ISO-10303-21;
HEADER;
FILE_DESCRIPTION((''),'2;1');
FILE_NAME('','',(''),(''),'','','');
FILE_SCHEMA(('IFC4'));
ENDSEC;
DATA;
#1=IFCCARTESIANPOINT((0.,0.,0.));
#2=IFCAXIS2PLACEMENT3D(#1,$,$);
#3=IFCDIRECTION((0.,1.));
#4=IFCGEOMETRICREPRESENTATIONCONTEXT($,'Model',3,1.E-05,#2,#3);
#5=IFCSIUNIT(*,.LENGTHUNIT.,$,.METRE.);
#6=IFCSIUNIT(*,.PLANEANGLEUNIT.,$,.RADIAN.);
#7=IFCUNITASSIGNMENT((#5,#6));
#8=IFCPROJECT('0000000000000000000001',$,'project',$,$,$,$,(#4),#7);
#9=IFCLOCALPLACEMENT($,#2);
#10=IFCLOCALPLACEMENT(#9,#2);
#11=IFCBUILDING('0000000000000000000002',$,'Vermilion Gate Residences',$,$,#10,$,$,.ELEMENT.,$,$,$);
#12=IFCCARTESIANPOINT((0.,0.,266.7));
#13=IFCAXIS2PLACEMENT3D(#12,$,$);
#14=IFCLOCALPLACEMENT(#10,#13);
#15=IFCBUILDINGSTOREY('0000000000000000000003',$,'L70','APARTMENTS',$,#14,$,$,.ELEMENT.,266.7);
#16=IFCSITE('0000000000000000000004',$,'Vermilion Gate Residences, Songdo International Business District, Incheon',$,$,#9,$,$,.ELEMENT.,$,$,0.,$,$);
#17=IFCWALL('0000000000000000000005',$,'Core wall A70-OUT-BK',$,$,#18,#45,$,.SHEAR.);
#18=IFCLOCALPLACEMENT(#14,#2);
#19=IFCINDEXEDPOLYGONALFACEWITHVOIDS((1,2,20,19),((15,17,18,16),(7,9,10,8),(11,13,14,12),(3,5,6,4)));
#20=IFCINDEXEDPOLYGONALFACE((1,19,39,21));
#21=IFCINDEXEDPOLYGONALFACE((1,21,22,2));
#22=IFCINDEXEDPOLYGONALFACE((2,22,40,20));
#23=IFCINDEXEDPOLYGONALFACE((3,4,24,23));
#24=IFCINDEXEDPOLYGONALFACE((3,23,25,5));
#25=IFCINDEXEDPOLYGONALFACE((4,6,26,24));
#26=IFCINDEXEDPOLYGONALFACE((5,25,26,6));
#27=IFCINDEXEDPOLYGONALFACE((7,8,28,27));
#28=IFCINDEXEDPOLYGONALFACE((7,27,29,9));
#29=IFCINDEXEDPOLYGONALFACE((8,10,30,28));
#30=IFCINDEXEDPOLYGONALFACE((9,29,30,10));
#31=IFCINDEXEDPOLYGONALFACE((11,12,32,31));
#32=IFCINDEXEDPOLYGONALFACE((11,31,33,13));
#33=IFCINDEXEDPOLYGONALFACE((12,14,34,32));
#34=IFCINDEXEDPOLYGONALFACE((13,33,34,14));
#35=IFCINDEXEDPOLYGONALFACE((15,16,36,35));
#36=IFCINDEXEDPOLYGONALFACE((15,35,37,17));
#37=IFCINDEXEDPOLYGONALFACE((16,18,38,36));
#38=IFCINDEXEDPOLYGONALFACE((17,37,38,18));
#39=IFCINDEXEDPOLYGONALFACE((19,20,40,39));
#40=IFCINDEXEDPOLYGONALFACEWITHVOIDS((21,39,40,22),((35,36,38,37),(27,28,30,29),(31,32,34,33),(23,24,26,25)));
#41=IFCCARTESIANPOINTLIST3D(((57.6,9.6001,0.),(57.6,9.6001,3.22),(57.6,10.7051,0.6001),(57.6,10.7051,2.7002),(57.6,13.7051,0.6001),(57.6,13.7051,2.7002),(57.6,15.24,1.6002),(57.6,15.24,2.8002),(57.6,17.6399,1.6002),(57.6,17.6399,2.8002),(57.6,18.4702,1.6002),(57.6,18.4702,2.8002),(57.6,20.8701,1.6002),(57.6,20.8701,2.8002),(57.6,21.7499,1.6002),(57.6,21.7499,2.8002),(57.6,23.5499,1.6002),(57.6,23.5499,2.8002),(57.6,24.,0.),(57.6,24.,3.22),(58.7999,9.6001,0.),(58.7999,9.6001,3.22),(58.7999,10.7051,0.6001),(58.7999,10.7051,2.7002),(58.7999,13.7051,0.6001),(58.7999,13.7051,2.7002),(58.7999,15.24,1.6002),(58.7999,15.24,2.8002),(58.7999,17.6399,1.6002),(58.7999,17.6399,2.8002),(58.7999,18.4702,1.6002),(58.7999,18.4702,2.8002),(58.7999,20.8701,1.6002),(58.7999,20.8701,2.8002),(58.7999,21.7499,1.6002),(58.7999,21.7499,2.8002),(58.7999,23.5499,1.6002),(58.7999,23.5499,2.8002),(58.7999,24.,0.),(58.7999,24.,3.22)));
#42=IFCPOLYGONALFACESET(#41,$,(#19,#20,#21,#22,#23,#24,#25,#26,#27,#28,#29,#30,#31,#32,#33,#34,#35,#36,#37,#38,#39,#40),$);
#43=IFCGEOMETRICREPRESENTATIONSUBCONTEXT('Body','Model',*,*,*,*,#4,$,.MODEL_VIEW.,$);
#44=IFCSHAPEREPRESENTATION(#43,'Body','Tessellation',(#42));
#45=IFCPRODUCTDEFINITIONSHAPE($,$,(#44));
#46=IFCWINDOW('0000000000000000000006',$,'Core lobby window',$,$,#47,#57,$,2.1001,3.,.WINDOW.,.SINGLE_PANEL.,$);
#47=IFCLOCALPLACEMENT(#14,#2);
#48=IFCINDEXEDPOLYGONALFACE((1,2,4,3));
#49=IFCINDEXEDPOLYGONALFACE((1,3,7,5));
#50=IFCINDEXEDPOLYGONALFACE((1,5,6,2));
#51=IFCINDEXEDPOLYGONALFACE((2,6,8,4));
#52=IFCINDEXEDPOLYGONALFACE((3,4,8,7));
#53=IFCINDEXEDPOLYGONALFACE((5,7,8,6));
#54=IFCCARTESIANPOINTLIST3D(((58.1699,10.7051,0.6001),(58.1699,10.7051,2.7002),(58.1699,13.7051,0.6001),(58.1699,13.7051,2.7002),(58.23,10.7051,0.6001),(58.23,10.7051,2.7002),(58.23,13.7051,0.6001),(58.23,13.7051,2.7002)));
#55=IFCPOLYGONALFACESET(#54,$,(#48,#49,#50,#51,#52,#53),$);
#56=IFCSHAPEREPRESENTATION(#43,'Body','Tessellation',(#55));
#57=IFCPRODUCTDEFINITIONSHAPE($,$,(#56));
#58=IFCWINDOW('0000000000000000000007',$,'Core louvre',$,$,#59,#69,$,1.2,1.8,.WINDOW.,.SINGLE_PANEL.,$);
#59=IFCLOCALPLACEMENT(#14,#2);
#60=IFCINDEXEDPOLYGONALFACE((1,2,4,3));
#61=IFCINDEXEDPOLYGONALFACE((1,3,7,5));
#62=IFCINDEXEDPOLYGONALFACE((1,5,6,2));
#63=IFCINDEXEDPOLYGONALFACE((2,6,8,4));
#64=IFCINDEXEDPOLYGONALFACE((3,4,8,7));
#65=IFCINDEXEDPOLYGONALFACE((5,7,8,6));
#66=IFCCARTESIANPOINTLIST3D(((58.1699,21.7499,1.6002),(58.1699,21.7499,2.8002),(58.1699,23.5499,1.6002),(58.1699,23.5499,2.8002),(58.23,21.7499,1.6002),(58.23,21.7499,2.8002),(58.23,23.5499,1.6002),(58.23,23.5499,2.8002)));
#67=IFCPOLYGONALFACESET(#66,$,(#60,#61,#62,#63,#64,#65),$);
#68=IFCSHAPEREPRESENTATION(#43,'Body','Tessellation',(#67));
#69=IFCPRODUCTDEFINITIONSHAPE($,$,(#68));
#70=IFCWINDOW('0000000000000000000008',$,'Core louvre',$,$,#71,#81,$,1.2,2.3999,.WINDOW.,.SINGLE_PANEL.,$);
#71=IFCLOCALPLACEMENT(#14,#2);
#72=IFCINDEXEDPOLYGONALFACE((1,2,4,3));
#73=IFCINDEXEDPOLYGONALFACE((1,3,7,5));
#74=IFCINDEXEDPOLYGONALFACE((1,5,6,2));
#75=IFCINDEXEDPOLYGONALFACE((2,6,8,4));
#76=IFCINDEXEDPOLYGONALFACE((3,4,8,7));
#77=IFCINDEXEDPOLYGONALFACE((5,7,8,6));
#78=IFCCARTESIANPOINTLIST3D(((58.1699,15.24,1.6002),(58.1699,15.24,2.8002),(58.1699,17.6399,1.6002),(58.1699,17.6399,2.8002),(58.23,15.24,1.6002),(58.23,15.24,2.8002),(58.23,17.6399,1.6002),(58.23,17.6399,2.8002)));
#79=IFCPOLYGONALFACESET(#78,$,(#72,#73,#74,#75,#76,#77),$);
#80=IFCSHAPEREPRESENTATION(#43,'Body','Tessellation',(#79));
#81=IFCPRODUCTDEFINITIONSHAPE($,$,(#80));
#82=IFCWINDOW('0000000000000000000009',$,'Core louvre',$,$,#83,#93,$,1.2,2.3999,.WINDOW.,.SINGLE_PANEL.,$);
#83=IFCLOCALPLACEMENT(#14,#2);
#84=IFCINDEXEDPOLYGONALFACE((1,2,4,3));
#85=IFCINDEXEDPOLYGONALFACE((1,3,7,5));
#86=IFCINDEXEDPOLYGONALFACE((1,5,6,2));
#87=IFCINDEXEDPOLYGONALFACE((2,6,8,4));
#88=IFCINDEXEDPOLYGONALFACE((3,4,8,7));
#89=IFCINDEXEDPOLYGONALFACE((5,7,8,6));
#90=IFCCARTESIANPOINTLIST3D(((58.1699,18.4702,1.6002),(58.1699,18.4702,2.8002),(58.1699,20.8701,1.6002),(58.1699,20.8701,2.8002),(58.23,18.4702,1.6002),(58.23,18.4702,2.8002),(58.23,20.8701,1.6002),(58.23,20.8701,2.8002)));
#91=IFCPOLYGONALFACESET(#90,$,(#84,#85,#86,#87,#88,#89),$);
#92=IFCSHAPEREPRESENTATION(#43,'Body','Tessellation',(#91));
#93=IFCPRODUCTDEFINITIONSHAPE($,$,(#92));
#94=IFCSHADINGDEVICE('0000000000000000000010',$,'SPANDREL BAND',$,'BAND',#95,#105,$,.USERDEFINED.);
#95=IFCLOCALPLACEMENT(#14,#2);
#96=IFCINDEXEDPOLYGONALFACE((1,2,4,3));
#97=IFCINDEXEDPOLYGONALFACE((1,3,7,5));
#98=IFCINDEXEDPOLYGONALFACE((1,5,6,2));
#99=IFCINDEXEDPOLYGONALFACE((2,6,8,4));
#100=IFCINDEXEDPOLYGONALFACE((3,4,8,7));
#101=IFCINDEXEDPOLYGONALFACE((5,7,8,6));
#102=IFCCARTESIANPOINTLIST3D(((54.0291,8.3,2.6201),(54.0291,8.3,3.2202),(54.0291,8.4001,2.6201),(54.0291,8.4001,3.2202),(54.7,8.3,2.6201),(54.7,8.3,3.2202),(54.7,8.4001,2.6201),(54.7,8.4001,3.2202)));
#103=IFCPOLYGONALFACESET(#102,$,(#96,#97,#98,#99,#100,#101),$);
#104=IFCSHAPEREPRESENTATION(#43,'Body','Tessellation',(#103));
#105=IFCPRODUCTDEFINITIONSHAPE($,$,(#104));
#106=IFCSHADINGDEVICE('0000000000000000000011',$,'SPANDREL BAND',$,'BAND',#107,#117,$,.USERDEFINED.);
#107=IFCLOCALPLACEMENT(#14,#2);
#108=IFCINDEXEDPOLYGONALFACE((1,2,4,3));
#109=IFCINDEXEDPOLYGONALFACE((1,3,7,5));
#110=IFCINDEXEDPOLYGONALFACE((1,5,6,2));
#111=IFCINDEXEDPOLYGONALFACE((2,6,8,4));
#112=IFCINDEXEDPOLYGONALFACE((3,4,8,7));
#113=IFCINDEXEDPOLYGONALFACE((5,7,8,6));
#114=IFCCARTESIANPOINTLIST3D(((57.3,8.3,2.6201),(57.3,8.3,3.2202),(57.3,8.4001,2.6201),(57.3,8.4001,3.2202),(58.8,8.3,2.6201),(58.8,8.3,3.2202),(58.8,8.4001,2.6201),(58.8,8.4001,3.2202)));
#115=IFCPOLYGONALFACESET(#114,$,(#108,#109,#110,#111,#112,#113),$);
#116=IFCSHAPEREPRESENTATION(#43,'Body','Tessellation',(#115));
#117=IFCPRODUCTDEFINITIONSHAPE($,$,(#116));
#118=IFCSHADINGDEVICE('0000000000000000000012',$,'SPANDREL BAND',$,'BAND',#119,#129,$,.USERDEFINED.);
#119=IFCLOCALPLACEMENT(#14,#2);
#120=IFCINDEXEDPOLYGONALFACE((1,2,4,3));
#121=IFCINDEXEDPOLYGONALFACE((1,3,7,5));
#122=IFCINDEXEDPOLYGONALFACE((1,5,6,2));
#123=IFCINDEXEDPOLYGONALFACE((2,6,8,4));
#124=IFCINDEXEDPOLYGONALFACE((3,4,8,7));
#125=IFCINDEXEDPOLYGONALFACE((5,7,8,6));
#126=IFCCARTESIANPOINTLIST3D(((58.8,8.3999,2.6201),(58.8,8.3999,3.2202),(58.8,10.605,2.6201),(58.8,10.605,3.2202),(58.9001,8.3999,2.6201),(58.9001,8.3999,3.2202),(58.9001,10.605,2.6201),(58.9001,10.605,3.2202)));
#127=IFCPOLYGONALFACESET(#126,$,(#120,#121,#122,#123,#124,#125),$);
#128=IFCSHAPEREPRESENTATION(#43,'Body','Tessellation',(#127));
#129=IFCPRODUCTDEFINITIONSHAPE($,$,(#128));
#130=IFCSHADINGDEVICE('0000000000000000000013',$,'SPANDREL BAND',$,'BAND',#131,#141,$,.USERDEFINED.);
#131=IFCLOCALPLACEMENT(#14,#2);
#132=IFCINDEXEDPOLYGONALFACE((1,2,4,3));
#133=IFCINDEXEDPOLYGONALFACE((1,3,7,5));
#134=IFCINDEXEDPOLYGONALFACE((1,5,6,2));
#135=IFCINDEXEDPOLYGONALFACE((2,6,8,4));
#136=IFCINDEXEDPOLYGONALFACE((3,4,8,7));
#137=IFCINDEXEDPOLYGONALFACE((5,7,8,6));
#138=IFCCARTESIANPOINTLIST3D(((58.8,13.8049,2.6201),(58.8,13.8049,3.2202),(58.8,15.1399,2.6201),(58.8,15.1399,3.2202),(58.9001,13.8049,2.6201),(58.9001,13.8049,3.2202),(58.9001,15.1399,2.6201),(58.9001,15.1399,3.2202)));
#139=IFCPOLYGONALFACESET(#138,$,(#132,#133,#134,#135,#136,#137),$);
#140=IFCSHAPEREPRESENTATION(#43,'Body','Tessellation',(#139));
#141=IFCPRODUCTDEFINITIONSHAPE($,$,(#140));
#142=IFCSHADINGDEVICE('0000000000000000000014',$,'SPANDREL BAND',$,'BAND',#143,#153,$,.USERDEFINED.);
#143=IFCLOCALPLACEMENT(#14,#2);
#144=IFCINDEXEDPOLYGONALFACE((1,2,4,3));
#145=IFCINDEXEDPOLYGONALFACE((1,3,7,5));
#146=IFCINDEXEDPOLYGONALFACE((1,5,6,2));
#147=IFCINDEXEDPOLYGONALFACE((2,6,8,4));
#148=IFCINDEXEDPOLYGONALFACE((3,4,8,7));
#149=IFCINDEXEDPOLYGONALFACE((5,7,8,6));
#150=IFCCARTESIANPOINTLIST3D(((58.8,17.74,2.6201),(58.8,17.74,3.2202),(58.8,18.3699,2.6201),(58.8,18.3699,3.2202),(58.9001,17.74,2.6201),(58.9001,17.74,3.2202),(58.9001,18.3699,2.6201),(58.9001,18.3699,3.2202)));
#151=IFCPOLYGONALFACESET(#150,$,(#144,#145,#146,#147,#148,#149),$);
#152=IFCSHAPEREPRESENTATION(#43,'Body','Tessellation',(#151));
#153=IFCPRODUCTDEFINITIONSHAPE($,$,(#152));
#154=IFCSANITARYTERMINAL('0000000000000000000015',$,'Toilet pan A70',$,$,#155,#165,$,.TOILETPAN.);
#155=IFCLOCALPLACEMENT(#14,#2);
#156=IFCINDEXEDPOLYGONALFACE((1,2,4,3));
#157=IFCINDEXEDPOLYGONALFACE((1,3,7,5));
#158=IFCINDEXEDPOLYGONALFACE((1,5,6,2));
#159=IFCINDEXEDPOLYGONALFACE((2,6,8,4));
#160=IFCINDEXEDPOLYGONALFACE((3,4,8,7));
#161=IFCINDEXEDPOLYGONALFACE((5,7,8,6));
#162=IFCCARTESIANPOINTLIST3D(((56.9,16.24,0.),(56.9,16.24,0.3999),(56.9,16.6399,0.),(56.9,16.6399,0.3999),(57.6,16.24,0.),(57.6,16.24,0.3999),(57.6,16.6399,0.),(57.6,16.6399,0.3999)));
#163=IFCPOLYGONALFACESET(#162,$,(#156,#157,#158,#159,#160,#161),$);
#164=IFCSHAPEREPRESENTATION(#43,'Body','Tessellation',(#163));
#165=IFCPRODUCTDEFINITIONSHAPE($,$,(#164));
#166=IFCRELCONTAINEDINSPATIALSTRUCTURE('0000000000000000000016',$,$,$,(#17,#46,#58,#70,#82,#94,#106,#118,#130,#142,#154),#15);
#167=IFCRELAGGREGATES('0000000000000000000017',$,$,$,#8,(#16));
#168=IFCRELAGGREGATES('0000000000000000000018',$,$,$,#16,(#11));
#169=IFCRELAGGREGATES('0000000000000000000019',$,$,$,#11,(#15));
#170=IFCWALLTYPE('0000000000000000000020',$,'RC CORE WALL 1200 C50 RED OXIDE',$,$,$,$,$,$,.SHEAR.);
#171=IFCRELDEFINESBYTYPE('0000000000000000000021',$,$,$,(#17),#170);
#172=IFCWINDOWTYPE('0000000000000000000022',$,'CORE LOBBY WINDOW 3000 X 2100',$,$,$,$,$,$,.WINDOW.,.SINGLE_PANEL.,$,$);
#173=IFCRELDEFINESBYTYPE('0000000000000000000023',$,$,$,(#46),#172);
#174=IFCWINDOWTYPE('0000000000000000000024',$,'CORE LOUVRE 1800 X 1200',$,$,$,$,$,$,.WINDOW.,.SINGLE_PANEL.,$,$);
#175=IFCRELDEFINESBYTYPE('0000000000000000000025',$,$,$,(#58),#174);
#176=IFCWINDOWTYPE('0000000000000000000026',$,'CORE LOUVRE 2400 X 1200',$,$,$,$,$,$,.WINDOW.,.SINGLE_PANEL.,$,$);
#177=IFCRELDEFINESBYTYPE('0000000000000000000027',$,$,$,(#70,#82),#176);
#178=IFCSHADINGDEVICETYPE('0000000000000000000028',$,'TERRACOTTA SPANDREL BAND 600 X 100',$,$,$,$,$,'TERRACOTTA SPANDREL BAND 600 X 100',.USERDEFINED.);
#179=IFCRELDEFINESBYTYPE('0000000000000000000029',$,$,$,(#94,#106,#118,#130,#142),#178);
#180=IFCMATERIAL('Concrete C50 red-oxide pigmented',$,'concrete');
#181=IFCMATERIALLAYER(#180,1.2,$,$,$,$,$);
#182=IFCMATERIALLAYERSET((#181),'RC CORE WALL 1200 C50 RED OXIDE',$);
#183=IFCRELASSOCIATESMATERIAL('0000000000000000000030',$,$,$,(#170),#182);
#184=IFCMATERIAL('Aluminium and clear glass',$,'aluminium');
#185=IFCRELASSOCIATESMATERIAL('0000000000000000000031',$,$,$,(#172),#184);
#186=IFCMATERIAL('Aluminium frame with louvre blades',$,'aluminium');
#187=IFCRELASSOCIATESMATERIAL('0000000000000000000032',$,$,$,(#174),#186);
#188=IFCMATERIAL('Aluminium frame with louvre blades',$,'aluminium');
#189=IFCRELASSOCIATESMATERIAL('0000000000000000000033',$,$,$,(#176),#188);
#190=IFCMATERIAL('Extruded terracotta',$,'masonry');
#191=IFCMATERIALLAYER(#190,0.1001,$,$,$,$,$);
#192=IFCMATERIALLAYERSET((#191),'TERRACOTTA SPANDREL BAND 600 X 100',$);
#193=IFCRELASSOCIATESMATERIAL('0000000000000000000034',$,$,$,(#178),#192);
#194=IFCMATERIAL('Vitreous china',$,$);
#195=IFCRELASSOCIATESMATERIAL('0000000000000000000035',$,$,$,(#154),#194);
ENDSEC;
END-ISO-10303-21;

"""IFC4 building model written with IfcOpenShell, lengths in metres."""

from ifc_helpers import new_model, si_unit, direction, frame, frame_2d, origin, origin_2d, place, context, subcontext, project, spatial, rectangle, extrude, material, layer, layer_set, type_object, element, fill, save


model = new_model("IFC4")

# Units and contexts
model_context = context("Model", 3, precision=1e-05, world=origin(), true_north=direction((0.0, 1.0)))
body_context = subcontext(model_context, "Body", "Model", "MODEL_VIEW")
ifc_project = project(units=[si_unit("LENGTHUNIT", "METRE"), si_unit("PLANEANGLEUNIT", "RADIAN")], contexts=[model_context])

# Site, building, storey
site_placement = place(None, origin())
site = spatial("IfcSite", under=ifc_project, at=site_placement, Name="Vermilion Gate Residences, Songdo International Business District, Incheon", CompositionType="ELEMENT", RefElevation=0.0)
building_placement = place(site_placement, origin())
building = spatial("IfcBuilding", under=site, at=building_placement, Name="Vermilion Gate Residences", CompositionType="ELEMENT")
storey_placement = place(building_placement, frame((0.0, 0.0, 266.7)))
storey = spatial("IfcBuildingStorey", under=building, at=storey_placement, Name="L70", Description="APARTMENTS", CompositionType="ELEMENT", Elevation=266.7)

# Wall, openings, windows
ifc_material_1 = material(Name="Concrete C50 red-oxide pigmented", Category="concrete")
ifc_layer_1 = layer(ifc_material_1, 1.2)
ifc_layer_set_1 = layer_set([ifc_layer_1], Name="RC CORE WALL 1200 C50 RED OXIDE")
wall_type_1 = type_object("IfcWallType", Name="RC CORE WALL 1200 C50 RED OXIDE", PredefinedType="SHEAR", material=ifc_layer_set_1)
wall_1_placement = place(storey_placement, frame((58.2, 9.6001, 0.0), z_axis=(0.0, 0.0, 1.0), x_axis=(0.0, 1.0, 0.0)))
wall_1 = element("IfcWall", 1, at=wall_1_placement, inside=storey, type_object=wall_type_1, Name="Core wall A70-OUT-BK", PredefinedType="SHEAR", context=body_context, shape_type="SweptSolid", body=[
    extrude(rectangle(XDim=14.3999, YDim=1.2, at=frame_2d((7.2, 0.0))), origin(), (0.0, 0.0, 1.0), 3.22),
])
opening_1_placement = place(wall_1_placement, frame((1.105, 0.0, 0.6001)))
opening_1 = element("IfcOpeningElement", 2, at=opening_1_placement, cuts=wall_1, PredefinedType="OPENING", context=body_context, shape_type="SweptSolid", body=[
    extrude(rectangle(XDim=3.0, YDim=2.1001, at=frame_2d((1.5, 1.05))), frame((0.0, 0.6099, 0.0), z_axis=(0.0, -1.0, 0.0), x_axis=(1.0, 0.0, 0.0)), (0.0, 0.0, 1.0), 1.22),
])
opening_2_placement = place(wall_1_placement, frame((5.6399, 0.0, 1.6001)))
opening_2 = element("IfcOpeningElement", 3, at=opening_2_placement, cuts=wall_1, PredefinedType="OPENING", context=body_context, shape_type="SweptSolid", body=[
    extrude(rectangle(XDim=2.3999, YDim=1.2, at=frame_2d((1.2, 0.6001))), frame((0.0, 0.6099, 0.0), z_axis=(0.0, -1.0, 0.0), x_axis=(1.0, 0.0, 0.0)), (0.0, 0.0, 1.0), 1.22),
])
opening_3_placement = place(wall_1_placement, frame((8.8701, 0.0, 1.6001)))
opening_3 = element("IfcOpeningElement", 4, at=opening_3_placement, cuts=wall_1, PredefinedType="OPENING", context=body_context, shape_type="SweptSolid", body=[
    extrude(rectangle(XDim=2.3999, YDim=1.2, at=frame_2d((1.2, 0.6001))), frame((0.0, 0.6099, 0.0), z_axis=(0.0, -1.0, 0.0), x_axis=(1.0, 0.0, 0.0)), (0.0, 0.0, 1.0), 1.22),
])
opening_4_placement = place(wall_1_placement, frame((12.1499, 0.0, 1.6001)))
opening_4 = element("IfcOpeningElement", 5, at=opening_4_placement, cuts=wall_1, PredefinedType="OPENING", context=body_context, shape_type="SweptSolid", body=[
    extrude(rectangle(XDim=1.8, YDim=1.2, at=frame_2d((0.8999, 0.6001))), frame((0.0, 0.6099, 0.0), z_axis=(0.0, -1.0, 0.0), x_axis=(1.0, 0.0, 0.0)), (0.0, 0.0, 1.0), 1.22),
])
ifc_material_2 = material(Name="Aluminium and clear glass", Category="aluminium")
window_type_1 = type_object("IfcWindowType", Name="CORE LOBBY WINDOW 3000 X 2100", PartitioningType="SINGLE_PANEL", PredefinedType="WINDOW", material=ifc_material_2)
window_1_placement = place(opening_1_placement, origin())
window_1 = element("IfcWindow", 6, at=window_1_placement, inside=storey, type_object=window_type_1, Name="Core lobby window", OverallHeight=2.1001, OverallWidth=3.0, PartitioningType="SINGLE_PANEL", PredefinedType="WINDOW", context=body_context, shape_type="SweptSolid", body=[
    extrude(rectangle(XDim=3.0, YDim=2.1001, at=frame_2d((1.5, 1.05))), frame((0.0, 0.03, 0.0), z_axis=(0.0, -1.0, 0.0), x_axis=(1.0, 0.0, 0.0)), (0.0, 0.0, 1.0), 0.0601),
])
fill(opening_1, window_1)
ifc_material_3 = material(Name="Aluminium frame with louvre blades", Category="aluminium")
window_type_2 = type_object("IfcWindowType", Name="CORE LOUVRE 1800 X 1200", PartitioningType="SINGLE_PANEL", PredefinedType="WINDOW", material=ifc_material_3)
window_2_placement = place(opening_4_placement, origin())
window_2 = element("IfcWindow", 7, at=window_2_placement, inside=storey, type_object=window_type_2, Name="Core louvre", OverallHeight=1.2, OverallWidth=1.8, PartitioningType="SINGLE_PANEL", PredefinedType="WINDOW", context=body_context, shape_type="SweptSolid", body=[
    extrude(rectangle(XDim=1.8, YDim=1.2, at=frame_2d((0.8999, 0.6001))), frame((0.0, 0.03, 0.0), z_axis=(0.0, -1.0, 0.0), x_axis=(1.0, 0.0, 0.0)), (0.0, 0.0, 1.0), 0.0601),
])
fill(opening_4, window_2)
ifc_material_4 = material(Name="Aluminium frame with louvre blades", Category="aluminium")
window_type_3 = type_object("IfcWindowType", Name="CORE LOUVRE 2400 X 1200", PartitioningType="SINGLE_PANEL", PredefinedType="WINDOW", material=ifc_material_4)
window_3_placement = place(opening_2_placement, origin())
window_3 = element("IfcWindow", 8, at=window_3_placement, inside=storey, type_object=window_type_3, Name="Core louvre", OverallHeight=1.2, OverallWidth=2.3999, PartitioningType="SINGLE_PANEL", PredefinedType="WINDOW", context=body_context, shape_type="SweptSolid", body=[
    extrude(rectangle(XDim=2.3999, YDim=1.2, at=frame_2d((1.2, 0.6001))), frame((0.0, 0.03, 0.0), z_axis=(0.0, -1.0, 0.0), x_axis=(1.0, 0.0, 0.0)), (0.0, 0.0, 1.0), 0.0601),
])
fill(opening_2, window_3)
window_4_placement = place(opening_3_placement, origin())
window_4 = element("IfcWindow", 9, at=window_4_placement, inside=storey, type_object=window_type_3, Name="Core louvre", OverallHeight=1.2, OverallWidth=2.3999, PartitioningType="SINGLE_PANEL", PredefinedType="WINDOW", context=body_context, shape_type="SweptSolid", body=[
    extrude(rectangle(XDim=2.3999, YDim=1.2, at=frame_2d((1.2, 0.6001))), frame((0.0, 0.03, 0.0), z_axis=(0.0, -1.0, 0.0), x_axis=(1.0, 0.0, 0.0)), (0.0, 0.0, 1.0), 0.0601),
])
fill(opening_3, window_4)

# Shading devices
ifc_material_5 = material(Name="Extruded terracotta", Category="masonry")
ifc_layer_2 = layer(ifc_material_5, 0.1001)
ifc_layer_set_2 = layer_set([ifc_layer_2], Name="TERRACOTTA SPANDREL BAND 600 X 100")
shading_device_type = type_object("IfcShadingDeviceType", Name="TERRACOTTA SPANDREL BAND 600 X 100", ElementType="TERRACOTTA SPANDREL BAND 600 X 100", PredefinedType="USERDEFINED", material=ifc_layer_set_2)
shading_device_1_placement = place(storey_placement, frame((54.3645, 8.3501, 2.6201), z_axis=(0.0, 0.0, 1.0), x_axis=(1.0, 0.0, 0.0)))
element("IfcShadingDevice", 10, at=shading_device_1_placement, inside=storey, type_object=shading_device_type, Name="SPANDREL BAND", ObjectType="BAND", PredefinedType="USERDEFINED", context=body_context, shape_type="SweptSolid", body=[
    extrude(rectangle(XDim=0.6709, YDim=0.1001, at=origin_2d()), origin(), (0.0, 0.0, 1.0), 0.6001),
])
shading_device_2_placement = place(storey_placement, frame((58.05, 8.3501, 2.6201), z_axis=(0.0, 0.0, 1.0), x_axis=(1.0, 0.0, 0.0)))
element("IfcShadingDevice", 11, at=shading_device_2_placement, inside=storey, type_object=shading_device_type, Name="SPANDREL BAND", ObjectType="BAND", PredefinedType="USERDEFINED", context=body_context, shape_type="SweptSolid", body=[
    extrude(rectangle(XDim=1.5, YDim=0.1001, at=origin_2d()), origin(), (0.0, 0.0, 1.0), 0.6001),
])
shading_device_3_placement = place(storey_placement, frame((58.8501, 9.5024, 2.6201), z_axis=(0.0, 0.0, 1.0), x_axis=(0.0, 1.0, 0.0)))
element("IfcShadingDevice", 12, at=shading_device_3_placement, inside=storey, type_object=shading_device_type, Name="SPANDREL BAND", ObjectType="BAND", PredefinedType="USERDEFINED", context=body_context, shape_type="SweptSolid", body=[
    extrude(rectangle(XDim=2.2051, YDim=0.1001, at=origin_2d()), origin(), (0.0, 0.0, 1.0), 0.6001),
])
shading_device_4_placement = place(storey_placement, frame((58.8501, 14.4724, 2.6201), z_axis=(0.0, 0.0, 1.0), x_axis=(0.0, 1.0, 0.0)))
element("IfcShadingDevice", 13, at=shading_device_4_placement, inside=storey, type_object=shading_device_type, Name="SPANDREL BAND", ObjectType="BAND", PredefinedType="USERDEFINED", context=body_context, shape_type="SweptSolid", body=[
    extrude(rectangle(XDim=1.335, YDim=0.1001, at=origin_2d()), origin(), (0.0, 0.0, 1.0), 0.6001),
])
shading_device_5_placement = place(storey_placement, frame((58.8501, 18.0549, 2.6201), z_axis=(0.0, 0.0, 1.0), x_axis=(0.0, 1.0, 0.0)))
element("IfcShadingDevice", 14, at=shading_device_5_placement, inside=storey, type_object=shading_device_type, Name="SPANDREL BAND", ObjectType="BAND", PredefinedType="USERDEFINED", context=body_context, shape_type="SweptSolid", body=[
    extrude(rectangle(XDim=0.6299, YDim=0.1001, at=origin_2d()), origin(), (0.0, 0.0, 1.0), 0.6001),
])

# Sanitary terminal
ifc_material_6 = material(Name="Vitreous china")
sanitary_terminal_1_placement = place(storey_placement, frame((57.25, 16.4399, 0.0), z_axis=(0.0, 0.0, 1.0), x_axis=(1.0, 0.0, 0.0)))
element("IfcSanitaryTerminal", 15, at=sanitary_terminal_1_placement, inside=storey, material=ifc_material_6, Name="Toilet pan A70", PredefinedType="TOILETPAN", context=body_context, shape_type="SweptSolid", body=[
    extrude(rectangle(XDim=0.7, YDim=0.3999, at=origin_2d()), origin(), (0.0, 0.0, 1.0), 0.3999),
])

save(model, "model.ifc")
